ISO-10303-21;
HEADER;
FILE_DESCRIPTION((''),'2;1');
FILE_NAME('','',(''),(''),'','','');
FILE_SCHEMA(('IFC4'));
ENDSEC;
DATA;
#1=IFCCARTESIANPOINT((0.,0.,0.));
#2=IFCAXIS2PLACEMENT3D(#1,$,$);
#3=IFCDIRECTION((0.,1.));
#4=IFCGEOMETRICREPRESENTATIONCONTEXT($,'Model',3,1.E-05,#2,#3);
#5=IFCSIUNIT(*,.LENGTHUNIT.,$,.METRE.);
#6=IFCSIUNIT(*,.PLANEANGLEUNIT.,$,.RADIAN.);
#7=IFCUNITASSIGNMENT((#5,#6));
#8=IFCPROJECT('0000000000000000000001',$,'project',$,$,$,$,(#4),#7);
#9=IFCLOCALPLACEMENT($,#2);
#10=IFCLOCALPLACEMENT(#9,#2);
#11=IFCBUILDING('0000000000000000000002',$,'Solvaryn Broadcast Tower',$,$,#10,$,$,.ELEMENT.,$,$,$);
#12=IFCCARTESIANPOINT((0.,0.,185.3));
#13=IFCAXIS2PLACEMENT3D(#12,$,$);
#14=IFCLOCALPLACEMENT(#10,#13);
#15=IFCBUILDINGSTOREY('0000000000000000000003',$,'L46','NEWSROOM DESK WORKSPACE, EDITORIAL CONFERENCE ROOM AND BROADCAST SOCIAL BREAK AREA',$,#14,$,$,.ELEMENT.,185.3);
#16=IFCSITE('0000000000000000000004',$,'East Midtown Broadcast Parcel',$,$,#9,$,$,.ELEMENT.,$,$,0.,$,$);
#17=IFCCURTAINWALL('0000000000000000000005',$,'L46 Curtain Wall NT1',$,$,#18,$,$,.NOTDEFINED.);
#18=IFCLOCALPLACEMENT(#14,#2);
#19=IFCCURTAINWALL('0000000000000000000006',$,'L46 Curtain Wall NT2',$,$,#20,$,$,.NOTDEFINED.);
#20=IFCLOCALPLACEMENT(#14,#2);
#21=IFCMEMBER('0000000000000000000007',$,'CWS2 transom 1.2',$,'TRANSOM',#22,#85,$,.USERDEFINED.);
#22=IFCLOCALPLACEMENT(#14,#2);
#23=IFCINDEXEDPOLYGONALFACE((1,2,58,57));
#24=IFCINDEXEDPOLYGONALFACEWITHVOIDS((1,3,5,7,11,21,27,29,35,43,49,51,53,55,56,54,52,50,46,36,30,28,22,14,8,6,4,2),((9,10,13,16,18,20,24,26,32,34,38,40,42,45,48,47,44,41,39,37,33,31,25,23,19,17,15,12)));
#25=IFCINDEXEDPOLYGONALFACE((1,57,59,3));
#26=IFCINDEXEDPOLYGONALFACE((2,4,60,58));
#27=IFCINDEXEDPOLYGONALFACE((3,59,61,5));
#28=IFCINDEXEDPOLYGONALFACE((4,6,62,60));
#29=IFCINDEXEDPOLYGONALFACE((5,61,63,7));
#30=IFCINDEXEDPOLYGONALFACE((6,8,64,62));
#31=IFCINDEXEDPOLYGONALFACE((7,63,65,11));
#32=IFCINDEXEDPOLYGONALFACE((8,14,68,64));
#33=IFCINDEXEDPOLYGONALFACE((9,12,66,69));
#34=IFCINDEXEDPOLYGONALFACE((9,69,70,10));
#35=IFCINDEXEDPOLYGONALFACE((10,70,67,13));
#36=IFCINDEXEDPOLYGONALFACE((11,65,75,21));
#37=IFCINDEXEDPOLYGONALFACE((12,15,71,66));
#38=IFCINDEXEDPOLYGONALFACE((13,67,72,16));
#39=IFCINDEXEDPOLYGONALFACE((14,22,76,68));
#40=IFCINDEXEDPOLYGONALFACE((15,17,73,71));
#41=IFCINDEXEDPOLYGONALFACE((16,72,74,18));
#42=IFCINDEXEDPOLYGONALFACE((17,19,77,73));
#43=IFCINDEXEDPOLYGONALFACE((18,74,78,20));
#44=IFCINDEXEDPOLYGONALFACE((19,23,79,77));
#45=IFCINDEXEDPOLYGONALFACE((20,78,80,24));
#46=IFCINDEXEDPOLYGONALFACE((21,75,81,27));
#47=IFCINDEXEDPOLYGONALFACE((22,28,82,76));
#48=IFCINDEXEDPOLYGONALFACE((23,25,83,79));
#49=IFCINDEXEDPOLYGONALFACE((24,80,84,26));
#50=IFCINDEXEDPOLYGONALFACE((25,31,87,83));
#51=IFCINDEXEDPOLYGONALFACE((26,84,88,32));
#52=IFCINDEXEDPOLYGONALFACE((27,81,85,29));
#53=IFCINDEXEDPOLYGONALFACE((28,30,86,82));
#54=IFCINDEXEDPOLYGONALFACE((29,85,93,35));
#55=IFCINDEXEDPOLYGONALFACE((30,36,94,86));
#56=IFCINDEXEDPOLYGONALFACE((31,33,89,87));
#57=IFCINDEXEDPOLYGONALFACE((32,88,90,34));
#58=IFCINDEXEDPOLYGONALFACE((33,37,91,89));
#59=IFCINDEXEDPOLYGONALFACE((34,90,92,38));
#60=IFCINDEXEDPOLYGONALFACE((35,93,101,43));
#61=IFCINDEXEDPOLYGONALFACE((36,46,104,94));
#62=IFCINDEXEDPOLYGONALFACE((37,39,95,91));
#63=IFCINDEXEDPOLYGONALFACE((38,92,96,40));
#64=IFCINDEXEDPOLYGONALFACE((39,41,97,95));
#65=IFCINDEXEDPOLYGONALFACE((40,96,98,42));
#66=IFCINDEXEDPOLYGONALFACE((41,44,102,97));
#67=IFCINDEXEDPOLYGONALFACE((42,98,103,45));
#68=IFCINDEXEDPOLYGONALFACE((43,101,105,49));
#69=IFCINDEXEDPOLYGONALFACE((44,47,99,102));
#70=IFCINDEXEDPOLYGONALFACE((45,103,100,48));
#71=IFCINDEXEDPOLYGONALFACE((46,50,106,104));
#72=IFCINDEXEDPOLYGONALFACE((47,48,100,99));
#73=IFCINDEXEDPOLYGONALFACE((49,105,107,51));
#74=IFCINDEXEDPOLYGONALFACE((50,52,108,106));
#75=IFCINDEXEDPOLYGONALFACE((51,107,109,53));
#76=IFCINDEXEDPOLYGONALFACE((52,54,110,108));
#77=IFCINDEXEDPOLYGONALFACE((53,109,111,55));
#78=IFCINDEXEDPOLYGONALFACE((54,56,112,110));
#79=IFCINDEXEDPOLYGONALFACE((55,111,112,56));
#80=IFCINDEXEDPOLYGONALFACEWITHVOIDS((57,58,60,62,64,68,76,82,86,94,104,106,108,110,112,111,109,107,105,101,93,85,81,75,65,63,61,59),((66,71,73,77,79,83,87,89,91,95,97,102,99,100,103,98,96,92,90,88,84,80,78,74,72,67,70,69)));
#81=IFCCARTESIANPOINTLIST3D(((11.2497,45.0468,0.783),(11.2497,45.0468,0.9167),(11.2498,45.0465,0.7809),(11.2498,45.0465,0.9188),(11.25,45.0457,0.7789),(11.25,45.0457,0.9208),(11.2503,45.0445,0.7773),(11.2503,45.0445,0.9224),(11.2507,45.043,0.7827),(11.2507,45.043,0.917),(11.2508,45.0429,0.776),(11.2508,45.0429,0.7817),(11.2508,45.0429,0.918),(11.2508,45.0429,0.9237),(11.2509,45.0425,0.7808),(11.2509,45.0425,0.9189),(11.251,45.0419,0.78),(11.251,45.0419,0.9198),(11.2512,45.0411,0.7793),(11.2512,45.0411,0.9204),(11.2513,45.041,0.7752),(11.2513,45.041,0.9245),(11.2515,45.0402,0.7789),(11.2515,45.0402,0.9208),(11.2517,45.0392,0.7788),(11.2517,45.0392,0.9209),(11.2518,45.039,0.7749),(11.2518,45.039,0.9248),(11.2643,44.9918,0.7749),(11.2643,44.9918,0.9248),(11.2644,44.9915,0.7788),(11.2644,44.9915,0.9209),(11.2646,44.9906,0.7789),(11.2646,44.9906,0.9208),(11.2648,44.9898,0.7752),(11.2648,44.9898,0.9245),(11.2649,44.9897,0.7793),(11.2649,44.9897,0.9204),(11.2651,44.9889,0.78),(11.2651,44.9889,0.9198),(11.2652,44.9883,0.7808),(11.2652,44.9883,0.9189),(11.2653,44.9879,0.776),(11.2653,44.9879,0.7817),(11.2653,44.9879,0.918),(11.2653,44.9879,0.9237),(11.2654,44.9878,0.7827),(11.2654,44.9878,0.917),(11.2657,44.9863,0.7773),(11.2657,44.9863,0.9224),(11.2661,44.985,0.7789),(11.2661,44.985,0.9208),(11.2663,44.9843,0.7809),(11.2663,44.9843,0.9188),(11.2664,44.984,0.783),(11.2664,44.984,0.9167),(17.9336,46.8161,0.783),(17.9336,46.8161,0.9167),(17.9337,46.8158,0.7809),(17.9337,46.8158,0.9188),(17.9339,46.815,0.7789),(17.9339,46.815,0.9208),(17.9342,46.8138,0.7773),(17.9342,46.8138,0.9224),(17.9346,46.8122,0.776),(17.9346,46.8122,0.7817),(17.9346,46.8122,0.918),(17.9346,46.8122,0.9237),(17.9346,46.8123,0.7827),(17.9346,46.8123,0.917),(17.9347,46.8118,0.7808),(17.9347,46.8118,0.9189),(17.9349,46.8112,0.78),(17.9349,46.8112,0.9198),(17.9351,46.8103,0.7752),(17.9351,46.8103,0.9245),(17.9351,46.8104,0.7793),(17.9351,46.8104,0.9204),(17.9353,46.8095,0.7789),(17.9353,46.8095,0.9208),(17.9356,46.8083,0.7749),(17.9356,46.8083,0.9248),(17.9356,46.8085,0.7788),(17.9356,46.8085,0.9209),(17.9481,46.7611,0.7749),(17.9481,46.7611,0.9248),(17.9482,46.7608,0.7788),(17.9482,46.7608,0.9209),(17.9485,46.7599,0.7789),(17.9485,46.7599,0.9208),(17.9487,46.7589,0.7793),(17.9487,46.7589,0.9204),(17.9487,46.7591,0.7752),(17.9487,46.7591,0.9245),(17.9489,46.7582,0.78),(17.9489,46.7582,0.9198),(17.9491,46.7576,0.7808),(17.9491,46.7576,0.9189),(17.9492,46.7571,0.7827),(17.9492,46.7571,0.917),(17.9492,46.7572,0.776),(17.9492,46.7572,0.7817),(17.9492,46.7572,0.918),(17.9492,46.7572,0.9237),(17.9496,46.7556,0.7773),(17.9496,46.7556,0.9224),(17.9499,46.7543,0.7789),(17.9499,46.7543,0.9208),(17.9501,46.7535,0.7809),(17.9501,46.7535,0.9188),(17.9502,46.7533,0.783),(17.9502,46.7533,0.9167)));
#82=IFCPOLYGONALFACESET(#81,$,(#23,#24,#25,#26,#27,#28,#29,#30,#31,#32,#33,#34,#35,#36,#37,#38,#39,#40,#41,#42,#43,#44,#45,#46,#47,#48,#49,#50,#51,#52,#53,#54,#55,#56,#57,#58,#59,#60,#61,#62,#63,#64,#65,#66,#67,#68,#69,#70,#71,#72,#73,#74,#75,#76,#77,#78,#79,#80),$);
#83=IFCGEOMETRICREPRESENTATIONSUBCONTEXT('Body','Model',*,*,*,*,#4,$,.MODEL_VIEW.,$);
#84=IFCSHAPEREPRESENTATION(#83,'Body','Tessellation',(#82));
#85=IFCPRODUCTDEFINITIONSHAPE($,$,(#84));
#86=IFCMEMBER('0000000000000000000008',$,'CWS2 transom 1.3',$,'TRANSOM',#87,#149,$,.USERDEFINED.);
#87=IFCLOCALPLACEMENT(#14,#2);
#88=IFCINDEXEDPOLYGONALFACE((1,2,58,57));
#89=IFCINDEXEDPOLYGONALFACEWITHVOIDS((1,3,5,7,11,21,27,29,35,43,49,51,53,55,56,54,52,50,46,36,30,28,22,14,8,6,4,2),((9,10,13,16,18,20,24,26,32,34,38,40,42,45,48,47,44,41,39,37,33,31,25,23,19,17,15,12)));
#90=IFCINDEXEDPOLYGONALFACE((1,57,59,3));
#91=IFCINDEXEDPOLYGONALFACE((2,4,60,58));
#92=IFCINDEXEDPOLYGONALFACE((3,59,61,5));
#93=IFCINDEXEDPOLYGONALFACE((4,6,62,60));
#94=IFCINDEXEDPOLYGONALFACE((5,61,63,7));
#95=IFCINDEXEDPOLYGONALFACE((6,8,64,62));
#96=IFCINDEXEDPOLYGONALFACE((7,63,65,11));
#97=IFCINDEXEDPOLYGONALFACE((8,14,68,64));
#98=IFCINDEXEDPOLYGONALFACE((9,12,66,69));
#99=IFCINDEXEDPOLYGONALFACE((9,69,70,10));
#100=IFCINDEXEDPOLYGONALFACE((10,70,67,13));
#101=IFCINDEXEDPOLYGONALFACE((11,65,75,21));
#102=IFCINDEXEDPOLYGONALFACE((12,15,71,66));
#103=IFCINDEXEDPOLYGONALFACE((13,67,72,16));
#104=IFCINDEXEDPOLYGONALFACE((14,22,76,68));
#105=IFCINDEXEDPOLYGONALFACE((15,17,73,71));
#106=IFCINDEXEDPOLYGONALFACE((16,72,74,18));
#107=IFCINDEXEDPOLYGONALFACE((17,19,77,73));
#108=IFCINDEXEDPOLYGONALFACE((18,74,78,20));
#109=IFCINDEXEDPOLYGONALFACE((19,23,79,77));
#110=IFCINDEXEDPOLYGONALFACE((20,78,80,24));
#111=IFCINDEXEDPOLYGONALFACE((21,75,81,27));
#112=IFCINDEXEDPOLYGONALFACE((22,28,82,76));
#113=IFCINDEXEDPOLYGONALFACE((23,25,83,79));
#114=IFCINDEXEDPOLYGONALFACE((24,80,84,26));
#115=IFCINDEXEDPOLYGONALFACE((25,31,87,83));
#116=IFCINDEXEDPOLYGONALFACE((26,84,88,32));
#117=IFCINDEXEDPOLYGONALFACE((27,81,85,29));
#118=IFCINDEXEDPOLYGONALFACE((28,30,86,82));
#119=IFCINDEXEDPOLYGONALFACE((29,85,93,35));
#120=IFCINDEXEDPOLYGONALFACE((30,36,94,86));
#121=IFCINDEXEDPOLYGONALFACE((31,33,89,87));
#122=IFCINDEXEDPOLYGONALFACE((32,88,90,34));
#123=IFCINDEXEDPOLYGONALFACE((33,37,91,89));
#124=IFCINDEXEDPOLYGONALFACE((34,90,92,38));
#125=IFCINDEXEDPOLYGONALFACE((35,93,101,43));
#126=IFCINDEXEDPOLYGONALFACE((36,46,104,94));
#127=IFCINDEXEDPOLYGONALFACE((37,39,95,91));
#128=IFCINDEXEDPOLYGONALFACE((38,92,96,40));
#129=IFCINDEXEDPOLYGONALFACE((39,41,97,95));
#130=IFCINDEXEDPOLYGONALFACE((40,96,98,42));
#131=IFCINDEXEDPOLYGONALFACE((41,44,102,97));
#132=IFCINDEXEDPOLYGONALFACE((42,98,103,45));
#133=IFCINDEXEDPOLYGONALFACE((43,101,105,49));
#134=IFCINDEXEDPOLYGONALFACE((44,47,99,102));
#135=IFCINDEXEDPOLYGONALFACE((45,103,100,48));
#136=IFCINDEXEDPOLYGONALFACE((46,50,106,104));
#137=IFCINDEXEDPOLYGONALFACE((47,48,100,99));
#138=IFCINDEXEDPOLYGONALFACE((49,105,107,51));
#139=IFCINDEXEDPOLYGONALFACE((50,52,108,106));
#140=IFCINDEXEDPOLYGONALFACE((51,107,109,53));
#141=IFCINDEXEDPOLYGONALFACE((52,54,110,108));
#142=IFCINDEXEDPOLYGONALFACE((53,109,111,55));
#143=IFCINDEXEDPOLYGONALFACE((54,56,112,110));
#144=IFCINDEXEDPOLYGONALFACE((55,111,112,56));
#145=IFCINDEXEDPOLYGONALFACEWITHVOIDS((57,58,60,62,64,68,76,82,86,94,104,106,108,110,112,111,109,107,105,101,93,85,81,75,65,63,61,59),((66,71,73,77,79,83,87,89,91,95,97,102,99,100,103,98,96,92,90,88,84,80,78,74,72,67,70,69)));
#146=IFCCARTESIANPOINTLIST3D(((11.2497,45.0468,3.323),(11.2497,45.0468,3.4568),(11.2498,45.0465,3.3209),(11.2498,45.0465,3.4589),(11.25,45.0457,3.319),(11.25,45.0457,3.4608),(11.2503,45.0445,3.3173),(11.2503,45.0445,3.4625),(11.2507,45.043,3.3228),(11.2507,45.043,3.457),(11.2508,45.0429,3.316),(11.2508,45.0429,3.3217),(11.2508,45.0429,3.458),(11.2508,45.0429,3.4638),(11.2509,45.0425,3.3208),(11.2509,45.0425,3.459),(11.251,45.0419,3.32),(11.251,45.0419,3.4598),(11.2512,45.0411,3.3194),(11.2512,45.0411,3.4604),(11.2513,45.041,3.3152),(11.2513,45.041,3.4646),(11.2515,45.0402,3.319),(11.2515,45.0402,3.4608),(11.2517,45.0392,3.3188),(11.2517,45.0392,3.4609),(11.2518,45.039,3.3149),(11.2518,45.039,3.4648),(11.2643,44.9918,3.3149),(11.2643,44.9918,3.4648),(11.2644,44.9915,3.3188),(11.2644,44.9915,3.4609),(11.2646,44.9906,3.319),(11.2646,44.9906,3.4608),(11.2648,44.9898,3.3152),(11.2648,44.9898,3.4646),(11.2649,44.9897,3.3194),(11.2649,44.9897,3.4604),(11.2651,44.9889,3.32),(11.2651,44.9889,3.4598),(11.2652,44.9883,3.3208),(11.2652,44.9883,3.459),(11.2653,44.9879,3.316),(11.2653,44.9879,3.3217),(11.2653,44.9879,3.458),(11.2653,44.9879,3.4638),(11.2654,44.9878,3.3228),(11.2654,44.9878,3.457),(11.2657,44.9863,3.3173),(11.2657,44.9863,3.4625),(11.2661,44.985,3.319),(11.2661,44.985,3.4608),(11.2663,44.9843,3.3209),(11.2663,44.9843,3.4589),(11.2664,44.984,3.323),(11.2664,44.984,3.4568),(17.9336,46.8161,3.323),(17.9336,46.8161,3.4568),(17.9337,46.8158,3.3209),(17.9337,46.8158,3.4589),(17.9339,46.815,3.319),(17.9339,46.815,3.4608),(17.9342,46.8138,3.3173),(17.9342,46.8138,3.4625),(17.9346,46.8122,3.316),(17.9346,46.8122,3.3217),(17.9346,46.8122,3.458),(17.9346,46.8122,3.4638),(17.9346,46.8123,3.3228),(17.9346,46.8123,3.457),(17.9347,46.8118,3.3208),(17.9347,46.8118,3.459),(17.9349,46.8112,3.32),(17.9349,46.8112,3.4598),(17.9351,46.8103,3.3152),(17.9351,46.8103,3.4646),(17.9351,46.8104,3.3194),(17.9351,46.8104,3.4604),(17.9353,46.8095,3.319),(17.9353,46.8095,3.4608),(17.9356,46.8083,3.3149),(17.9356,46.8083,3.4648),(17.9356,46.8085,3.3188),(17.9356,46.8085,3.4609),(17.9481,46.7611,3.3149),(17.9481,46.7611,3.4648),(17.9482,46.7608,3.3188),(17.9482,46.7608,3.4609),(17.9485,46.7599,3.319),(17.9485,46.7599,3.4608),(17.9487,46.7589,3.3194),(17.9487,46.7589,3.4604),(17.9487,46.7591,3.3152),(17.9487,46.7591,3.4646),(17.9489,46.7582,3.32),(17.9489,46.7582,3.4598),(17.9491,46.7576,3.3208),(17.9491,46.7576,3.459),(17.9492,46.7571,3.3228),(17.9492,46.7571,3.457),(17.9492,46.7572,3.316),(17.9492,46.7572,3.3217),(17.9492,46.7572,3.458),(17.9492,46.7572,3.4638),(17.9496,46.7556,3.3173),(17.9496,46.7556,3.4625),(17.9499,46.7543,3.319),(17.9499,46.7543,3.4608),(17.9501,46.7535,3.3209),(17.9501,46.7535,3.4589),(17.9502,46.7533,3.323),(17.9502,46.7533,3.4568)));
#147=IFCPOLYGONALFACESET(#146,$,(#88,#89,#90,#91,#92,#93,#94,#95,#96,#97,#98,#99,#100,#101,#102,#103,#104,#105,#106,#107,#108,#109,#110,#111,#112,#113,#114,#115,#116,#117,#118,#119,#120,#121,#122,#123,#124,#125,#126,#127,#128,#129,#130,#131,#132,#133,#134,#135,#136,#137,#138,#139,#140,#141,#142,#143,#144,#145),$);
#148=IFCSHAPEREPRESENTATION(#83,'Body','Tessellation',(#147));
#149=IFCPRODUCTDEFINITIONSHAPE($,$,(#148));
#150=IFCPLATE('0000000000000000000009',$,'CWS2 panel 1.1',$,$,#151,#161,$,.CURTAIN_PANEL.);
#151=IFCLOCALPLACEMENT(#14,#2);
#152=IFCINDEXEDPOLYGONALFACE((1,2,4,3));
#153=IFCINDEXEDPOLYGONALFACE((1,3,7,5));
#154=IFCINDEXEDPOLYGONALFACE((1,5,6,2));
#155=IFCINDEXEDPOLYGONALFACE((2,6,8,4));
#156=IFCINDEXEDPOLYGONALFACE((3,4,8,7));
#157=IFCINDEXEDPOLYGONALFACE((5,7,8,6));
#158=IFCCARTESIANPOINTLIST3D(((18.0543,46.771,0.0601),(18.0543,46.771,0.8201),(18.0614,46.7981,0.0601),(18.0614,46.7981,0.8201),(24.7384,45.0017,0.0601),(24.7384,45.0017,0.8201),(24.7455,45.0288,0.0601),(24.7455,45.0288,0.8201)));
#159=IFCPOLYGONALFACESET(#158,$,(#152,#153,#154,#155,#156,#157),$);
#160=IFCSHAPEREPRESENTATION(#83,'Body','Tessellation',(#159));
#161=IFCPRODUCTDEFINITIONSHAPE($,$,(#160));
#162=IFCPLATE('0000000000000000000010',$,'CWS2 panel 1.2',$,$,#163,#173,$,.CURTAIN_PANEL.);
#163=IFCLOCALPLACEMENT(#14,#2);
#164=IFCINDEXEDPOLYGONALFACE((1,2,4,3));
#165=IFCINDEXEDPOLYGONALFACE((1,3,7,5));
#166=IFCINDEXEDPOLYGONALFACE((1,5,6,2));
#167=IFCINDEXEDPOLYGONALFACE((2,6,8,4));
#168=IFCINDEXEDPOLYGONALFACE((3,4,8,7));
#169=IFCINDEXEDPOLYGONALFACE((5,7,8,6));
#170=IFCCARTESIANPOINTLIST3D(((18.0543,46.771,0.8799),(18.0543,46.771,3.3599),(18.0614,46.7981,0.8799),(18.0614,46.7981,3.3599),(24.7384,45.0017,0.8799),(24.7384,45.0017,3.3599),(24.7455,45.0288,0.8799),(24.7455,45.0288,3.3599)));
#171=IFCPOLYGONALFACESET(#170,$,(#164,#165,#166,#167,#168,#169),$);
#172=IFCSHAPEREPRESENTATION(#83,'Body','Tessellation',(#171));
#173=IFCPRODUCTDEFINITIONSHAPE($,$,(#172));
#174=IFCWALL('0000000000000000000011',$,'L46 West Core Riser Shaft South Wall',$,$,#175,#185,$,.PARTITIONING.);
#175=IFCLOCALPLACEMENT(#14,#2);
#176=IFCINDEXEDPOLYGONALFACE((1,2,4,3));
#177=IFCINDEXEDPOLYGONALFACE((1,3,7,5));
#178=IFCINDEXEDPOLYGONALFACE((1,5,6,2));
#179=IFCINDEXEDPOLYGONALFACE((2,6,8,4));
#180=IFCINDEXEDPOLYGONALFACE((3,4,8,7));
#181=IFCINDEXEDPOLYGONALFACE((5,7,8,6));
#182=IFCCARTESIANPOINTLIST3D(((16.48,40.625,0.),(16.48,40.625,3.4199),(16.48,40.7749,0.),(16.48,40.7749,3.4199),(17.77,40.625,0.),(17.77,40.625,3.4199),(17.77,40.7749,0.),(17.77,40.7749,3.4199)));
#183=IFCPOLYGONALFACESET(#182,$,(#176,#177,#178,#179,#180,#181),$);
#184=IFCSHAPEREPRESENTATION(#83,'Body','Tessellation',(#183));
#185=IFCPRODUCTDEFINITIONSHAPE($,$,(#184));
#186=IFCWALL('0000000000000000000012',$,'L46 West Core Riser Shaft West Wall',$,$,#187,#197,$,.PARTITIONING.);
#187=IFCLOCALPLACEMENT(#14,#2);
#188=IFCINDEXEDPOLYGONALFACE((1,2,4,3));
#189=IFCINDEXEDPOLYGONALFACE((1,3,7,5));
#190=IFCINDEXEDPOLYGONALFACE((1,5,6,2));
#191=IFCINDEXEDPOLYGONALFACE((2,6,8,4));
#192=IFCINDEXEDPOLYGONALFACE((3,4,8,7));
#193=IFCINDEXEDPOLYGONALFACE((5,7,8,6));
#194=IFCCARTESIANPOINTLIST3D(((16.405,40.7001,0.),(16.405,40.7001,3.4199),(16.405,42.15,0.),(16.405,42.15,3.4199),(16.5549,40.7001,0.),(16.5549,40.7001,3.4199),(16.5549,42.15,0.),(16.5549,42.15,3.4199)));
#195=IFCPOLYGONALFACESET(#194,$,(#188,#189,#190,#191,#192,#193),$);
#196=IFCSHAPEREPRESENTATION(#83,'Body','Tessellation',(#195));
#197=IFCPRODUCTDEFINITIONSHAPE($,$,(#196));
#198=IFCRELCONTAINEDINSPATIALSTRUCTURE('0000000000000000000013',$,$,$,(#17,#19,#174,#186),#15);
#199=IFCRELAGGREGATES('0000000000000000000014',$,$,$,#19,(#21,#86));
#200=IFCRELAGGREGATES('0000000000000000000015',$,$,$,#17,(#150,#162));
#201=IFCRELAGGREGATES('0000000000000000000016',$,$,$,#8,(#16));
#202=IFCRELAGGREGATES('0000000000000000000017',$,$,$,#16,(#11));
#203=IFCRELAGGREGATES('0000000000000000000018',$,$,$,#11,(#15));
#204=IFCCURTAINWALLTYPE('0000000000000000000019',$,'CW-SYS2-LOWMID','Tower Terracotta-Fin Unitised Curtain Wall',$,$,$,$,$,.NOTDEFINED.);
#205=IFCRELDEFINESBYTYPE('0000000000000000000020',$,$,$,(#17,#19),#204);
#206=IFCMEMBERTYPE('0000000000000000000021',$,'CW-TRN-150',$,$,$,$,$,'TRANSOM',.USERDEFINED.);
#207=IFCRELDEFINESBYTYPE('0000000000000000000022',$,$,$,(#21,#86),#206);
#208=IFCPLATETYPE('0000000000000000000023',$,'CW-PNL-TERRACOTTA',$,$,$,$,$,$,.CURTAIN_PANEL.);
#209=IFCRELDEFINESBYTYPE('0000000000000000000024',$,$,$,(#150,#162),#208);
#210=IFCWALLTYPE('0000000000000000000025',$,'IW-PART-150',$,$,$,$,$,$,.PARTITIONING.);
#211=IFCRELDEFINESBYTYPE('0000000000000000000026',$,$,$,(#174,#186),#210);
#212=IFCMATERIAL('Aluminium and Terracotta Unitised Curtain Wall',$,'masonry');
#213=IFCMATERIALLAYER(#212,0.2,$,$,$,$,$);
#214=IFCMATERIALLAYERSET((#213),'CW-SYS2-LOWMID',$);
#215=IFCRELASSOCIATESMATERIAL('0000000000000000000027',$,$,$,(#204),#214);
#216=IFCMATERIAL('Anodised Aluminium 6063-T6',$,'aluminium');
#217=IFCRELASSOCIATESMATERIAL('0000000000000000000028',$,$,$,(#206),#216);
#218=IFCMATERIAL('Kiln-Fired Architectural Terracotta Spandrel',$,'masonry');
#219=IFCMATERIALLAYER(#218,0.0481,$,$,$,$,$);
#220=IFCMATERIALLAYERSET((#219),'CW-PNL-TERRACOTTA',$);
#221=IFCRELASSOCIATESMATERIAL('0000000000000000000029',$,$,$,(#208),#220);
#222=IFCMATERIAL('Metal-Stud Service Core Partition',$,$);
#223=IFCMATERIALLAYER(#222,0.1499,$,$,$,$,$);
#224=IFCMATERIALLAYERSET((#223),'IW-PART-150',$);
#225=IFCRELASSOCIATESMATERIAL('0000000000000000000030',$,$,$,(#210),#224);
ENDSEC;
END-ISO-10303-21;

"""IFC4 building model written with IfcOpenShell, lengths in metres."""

from ifc_helpers import new_model, si_unit, direction, frame, frame_2d, origin, origin_2d, place, context, subcontext, project, spatial, rectangle, hollow_rectangle, extrude, material, layer, layer_set, material_profile, profile_set, type_object, element, aggregate, save


model = new_model("IFC4")

# Units and contexts
model_context = context("Model", 3, precision=1e-05, world=origin(), true_north=direction((0.0, 1.0)))
body_context = subcontext(model_context, "Body", "Model", "MODEL_VIEW")
ifc_project = project(units=[si_unit("LENGTHUNIT", "METRE"), si_unit("PLANEANGLEUNIT", "RADIAN")], contexts=[model_context])

# Site, building, storey
site_placement = place(None, origin())
site = spatial("IfcSite", under=ifc_project, at=site_placement, Name="East Midtown Broadcast Parcel", CompositionType="ELEMENT", RefElevation=0.0)
building_placement = place(site_placement, origin())
building = spatial("IfcBuilding", under=site, at=building_placement, Name="Solvaryn Broadcast Tower", CompositionType="ELEMENT")
storey_placement = place(building_placement, frame((0.0, 0.0, 185.3)))
storey = spatial("IfcBuildingStorey", under=building, at=storey_placement, Name="L46", Description="NEWSROOM DESK WORKSPACE, EDITORIAL CONFERENCE ROOM AND BROADCAST SOCIAL BREAK AREA", CompositionType="ELEMENT", Elevation=185.3)

# Curtain wall
ifc_material_1 = material(Name="Aluminium and Terracotta Unitised Curtain Wall", Category="masonry")
ifc_layer_1 = layer(ifc_material_1, 0.2)
ifc_layer_set_1 = layer_set([ifc_layer_1], Name="CW-SYS2-LOWMID")
curtain_wall_type = type_object("IfcCurtainWallType", Name="CW-SYS2-LOWMID", Description="Tower Terracotta-Fin Unitised Curtain Wall", PredefinedType="NOTDEFINED", material=ifc_layer_set_1)
curtain_wall_1_placement = place(storey_placement, origin())
curtain_wall_1 = element("IfcCurtainWall", 1, at=curtain_wall_1_placement, inside=storey, type_object=curtain_wall_type, Name="L46 Curtain Wall NT1", PredefinedType="NOTDEFINED")

# Curtain wall, members
curtain_wall_2_placement = place(storey_placement, origin())
curtain_wall_2 = element("IfcCurtainWall", 2, at=curtain_wall_2_placement, inside=storey, type_object=curtain_wall_type, Name="L46 Curtain Wall NT2", PredefinedType="NOTDEFINED")
ifc_material_2 = material(Name="Anodised Aluminium 6063-T6", Category="aluminium")
ifc_material_profile_1 = material_profile(ifc_material_2, hollow_rectangle(XDim=0.0649, YDim=0.1499, WallThickness=0.0039, InnerFilletRadius=0.0039, OuterFilletRadius=0.0081, at=origin_2d()))
ifc_profile_set_1 = profile_set([ifc_material_profile_1], Name="Anodised Aluminium 6063-T6")
member_type_1 = type_object("IfcMemberType", Name="CW-TRN-150", ElementType="TRANSOM", PredefinedType="USERDEFINED", material=ifc_profile_set_1)
member_1_placement = place(storey_placement, frame((17.9419, 46.7847, 0.8499), z_axis=(-0.966704, -0.255897, 0.0), x_axis=(0.255897, -0.966704, 0.0)))
member_1 = element("IfcMember", 3, at=member_1_placement, type_object=member_type_1, Name="CWS2 transom 1.2", ObjectType="TRANSOM", PredefinedType="USERDEFINED", context=body_context, shape_type="SweptSolid", body=[
    extrude(hollow_rectangle(XDim=0.0649, YDim=0.1499, WallThickness=0.0039, InnerFilletRadius=0.0039, OuterFilletRadius=0.0081, at=origin_2d()), origin(), (0.0, 0.0, 1.0), 6.9141),
])
member_2_placement = place(storey_placement, frame((17.9419, 46.7847, 3.3899), z_axis=(-0.966704, -0.255897, 0.0), x_axis=(0.255897, -0.966704, 0.0)))
member_2 = element("IfcMember", 4, at=member_2_placement, type_object=member_type_1, Name="CWS2 transom 1.3", ObjectType="TRANSOM", PredefinedType="USERDEFINED", context=body_context, shape_type="SweptSolid", body=[
    extrude(hollow_rectangle(XDim=0.0649, YDim=0.1499, WallThickness=0.0039, InnerFilletRadius=0.0039, OuterFilletRadius=0.0081, at=origin_2d()), origin(), (0.0, 0.0, 1.0), 6.9141),
])
aggregate(curtain_wall_2, [member_1, member_2])

# Plates
ifc_material_3 = material(Name="Kiln-Fired Architectural Terracotta Spandrel", Category="masonry")
ifc_layer_2 = layer(ifc_material_3, 0.0481)
ifc_layer_set_2 = layer_set([ifc_layer_2], Name="CW-PNL-TERRACOTTA")
plate_type = type_object("IfcPlateType", Name="CW-PNL-TERRACOTTA", PredefinedType="CURTAIN_PANEL", material=ifc_layer_set_2)
plate_1_placement = place(storey_placement, frame((21.3999, 45.8999, 0.0601), z_axis=(0.0, 0.0, 1.0), x_axis=(-0.966705, 0.255893, 0.0)))
plate_1 = element("IfcPlate", 5, at=plate_1_placement, type_object=plate_type, Name="CWS2 panel 1.1", PredefinedType="CURTAIN_PANEL", context=body_context, shape_type="SweptSolid", body=[
    extrude(rectangle(XDim=6.9143, YDim=0.0281, at=origin_2d()), origin(), (0.0, 0.0, 1.0), 0.76),
])
plate_2_placement = place(storey_placement, frame((21.3999, 45.8999, 0.8799), z_axis=(0.0, 0.0, 1.0), x_axis=(-0.966705, 0.255893, 0.0)))
plate_2 = element("IfcPlate", 6, at=plate_2_placement, type_object=plate_type, Name="CWS2 panel 1.2", PredefinedType="CURTAIN_PANEL", context=body_context, shape_type="SweptSolid", body=[
    extrude(rectangle(XDim=6.9143, YDim=0.0281, at=origin_2d()), origin(), (0.0, 0.0, 1.0), 2.48),
])
aggregate(curtain_wall_1, [plate_1, plate_2])

# Walls
ifc_material_4 = material(Name="Metal-Stud Service Core Partition")
ifc_layer_3 = layer(ifc_material_4, 0.1499)
ifc_layer_set_3 = layer_set([ifc_layer_3], Name="IW-PART-150")
wall_type_1 = type_object("IfcWallType", Name="IW-PART-150", PredefinedType="PARTITIONING", material=ifc_layer_set_3)
wall_1_placement = place(storey_placement, frame((16.48, 40.7, 0.0), z_axis=(0.0, 0.0, 1.0), x_axis=(1.0, 0.0, 0.0)))
element("IfcWall", 7, at=wall_1_placement, inside=storey, type_object=wall_type_1, Name="L46 West Core Riser Shaft South Wall", PredefinedType="PARTITIONING", context=body_context, shape_type="SweptSolid", body=[
    extrude(rectangle(XDim=1.29, YDim=0.1499, at=frame_2d((0.645, 0.0))), origin(), (0.0, 0.0, 1.0), 3.4199),
])
wall_2_placement = place(storey_placement, frame((16.48, 40.7, 0.0), z_axis=(0.0, 0.0, 1.0), x_axis=(0.0, 1.0, 0.0)))
element("IfcWall", 8, at=wall_2_placement, inside=storey, type_object=wall_type_1, Name="L46 West Core Riser Shaft West Wall", PredefinedType="PARTITIONING", context=body_context, shape_type="SweptSolid", body=[
    extrude(rectangle(XDim=1.45, YDim=0.1499, at=frame_2d((0.7251, 0.0))), origin(), (0.0, 0.0, 1.0), 3.4199),
])

save(model, "model.ifc")
